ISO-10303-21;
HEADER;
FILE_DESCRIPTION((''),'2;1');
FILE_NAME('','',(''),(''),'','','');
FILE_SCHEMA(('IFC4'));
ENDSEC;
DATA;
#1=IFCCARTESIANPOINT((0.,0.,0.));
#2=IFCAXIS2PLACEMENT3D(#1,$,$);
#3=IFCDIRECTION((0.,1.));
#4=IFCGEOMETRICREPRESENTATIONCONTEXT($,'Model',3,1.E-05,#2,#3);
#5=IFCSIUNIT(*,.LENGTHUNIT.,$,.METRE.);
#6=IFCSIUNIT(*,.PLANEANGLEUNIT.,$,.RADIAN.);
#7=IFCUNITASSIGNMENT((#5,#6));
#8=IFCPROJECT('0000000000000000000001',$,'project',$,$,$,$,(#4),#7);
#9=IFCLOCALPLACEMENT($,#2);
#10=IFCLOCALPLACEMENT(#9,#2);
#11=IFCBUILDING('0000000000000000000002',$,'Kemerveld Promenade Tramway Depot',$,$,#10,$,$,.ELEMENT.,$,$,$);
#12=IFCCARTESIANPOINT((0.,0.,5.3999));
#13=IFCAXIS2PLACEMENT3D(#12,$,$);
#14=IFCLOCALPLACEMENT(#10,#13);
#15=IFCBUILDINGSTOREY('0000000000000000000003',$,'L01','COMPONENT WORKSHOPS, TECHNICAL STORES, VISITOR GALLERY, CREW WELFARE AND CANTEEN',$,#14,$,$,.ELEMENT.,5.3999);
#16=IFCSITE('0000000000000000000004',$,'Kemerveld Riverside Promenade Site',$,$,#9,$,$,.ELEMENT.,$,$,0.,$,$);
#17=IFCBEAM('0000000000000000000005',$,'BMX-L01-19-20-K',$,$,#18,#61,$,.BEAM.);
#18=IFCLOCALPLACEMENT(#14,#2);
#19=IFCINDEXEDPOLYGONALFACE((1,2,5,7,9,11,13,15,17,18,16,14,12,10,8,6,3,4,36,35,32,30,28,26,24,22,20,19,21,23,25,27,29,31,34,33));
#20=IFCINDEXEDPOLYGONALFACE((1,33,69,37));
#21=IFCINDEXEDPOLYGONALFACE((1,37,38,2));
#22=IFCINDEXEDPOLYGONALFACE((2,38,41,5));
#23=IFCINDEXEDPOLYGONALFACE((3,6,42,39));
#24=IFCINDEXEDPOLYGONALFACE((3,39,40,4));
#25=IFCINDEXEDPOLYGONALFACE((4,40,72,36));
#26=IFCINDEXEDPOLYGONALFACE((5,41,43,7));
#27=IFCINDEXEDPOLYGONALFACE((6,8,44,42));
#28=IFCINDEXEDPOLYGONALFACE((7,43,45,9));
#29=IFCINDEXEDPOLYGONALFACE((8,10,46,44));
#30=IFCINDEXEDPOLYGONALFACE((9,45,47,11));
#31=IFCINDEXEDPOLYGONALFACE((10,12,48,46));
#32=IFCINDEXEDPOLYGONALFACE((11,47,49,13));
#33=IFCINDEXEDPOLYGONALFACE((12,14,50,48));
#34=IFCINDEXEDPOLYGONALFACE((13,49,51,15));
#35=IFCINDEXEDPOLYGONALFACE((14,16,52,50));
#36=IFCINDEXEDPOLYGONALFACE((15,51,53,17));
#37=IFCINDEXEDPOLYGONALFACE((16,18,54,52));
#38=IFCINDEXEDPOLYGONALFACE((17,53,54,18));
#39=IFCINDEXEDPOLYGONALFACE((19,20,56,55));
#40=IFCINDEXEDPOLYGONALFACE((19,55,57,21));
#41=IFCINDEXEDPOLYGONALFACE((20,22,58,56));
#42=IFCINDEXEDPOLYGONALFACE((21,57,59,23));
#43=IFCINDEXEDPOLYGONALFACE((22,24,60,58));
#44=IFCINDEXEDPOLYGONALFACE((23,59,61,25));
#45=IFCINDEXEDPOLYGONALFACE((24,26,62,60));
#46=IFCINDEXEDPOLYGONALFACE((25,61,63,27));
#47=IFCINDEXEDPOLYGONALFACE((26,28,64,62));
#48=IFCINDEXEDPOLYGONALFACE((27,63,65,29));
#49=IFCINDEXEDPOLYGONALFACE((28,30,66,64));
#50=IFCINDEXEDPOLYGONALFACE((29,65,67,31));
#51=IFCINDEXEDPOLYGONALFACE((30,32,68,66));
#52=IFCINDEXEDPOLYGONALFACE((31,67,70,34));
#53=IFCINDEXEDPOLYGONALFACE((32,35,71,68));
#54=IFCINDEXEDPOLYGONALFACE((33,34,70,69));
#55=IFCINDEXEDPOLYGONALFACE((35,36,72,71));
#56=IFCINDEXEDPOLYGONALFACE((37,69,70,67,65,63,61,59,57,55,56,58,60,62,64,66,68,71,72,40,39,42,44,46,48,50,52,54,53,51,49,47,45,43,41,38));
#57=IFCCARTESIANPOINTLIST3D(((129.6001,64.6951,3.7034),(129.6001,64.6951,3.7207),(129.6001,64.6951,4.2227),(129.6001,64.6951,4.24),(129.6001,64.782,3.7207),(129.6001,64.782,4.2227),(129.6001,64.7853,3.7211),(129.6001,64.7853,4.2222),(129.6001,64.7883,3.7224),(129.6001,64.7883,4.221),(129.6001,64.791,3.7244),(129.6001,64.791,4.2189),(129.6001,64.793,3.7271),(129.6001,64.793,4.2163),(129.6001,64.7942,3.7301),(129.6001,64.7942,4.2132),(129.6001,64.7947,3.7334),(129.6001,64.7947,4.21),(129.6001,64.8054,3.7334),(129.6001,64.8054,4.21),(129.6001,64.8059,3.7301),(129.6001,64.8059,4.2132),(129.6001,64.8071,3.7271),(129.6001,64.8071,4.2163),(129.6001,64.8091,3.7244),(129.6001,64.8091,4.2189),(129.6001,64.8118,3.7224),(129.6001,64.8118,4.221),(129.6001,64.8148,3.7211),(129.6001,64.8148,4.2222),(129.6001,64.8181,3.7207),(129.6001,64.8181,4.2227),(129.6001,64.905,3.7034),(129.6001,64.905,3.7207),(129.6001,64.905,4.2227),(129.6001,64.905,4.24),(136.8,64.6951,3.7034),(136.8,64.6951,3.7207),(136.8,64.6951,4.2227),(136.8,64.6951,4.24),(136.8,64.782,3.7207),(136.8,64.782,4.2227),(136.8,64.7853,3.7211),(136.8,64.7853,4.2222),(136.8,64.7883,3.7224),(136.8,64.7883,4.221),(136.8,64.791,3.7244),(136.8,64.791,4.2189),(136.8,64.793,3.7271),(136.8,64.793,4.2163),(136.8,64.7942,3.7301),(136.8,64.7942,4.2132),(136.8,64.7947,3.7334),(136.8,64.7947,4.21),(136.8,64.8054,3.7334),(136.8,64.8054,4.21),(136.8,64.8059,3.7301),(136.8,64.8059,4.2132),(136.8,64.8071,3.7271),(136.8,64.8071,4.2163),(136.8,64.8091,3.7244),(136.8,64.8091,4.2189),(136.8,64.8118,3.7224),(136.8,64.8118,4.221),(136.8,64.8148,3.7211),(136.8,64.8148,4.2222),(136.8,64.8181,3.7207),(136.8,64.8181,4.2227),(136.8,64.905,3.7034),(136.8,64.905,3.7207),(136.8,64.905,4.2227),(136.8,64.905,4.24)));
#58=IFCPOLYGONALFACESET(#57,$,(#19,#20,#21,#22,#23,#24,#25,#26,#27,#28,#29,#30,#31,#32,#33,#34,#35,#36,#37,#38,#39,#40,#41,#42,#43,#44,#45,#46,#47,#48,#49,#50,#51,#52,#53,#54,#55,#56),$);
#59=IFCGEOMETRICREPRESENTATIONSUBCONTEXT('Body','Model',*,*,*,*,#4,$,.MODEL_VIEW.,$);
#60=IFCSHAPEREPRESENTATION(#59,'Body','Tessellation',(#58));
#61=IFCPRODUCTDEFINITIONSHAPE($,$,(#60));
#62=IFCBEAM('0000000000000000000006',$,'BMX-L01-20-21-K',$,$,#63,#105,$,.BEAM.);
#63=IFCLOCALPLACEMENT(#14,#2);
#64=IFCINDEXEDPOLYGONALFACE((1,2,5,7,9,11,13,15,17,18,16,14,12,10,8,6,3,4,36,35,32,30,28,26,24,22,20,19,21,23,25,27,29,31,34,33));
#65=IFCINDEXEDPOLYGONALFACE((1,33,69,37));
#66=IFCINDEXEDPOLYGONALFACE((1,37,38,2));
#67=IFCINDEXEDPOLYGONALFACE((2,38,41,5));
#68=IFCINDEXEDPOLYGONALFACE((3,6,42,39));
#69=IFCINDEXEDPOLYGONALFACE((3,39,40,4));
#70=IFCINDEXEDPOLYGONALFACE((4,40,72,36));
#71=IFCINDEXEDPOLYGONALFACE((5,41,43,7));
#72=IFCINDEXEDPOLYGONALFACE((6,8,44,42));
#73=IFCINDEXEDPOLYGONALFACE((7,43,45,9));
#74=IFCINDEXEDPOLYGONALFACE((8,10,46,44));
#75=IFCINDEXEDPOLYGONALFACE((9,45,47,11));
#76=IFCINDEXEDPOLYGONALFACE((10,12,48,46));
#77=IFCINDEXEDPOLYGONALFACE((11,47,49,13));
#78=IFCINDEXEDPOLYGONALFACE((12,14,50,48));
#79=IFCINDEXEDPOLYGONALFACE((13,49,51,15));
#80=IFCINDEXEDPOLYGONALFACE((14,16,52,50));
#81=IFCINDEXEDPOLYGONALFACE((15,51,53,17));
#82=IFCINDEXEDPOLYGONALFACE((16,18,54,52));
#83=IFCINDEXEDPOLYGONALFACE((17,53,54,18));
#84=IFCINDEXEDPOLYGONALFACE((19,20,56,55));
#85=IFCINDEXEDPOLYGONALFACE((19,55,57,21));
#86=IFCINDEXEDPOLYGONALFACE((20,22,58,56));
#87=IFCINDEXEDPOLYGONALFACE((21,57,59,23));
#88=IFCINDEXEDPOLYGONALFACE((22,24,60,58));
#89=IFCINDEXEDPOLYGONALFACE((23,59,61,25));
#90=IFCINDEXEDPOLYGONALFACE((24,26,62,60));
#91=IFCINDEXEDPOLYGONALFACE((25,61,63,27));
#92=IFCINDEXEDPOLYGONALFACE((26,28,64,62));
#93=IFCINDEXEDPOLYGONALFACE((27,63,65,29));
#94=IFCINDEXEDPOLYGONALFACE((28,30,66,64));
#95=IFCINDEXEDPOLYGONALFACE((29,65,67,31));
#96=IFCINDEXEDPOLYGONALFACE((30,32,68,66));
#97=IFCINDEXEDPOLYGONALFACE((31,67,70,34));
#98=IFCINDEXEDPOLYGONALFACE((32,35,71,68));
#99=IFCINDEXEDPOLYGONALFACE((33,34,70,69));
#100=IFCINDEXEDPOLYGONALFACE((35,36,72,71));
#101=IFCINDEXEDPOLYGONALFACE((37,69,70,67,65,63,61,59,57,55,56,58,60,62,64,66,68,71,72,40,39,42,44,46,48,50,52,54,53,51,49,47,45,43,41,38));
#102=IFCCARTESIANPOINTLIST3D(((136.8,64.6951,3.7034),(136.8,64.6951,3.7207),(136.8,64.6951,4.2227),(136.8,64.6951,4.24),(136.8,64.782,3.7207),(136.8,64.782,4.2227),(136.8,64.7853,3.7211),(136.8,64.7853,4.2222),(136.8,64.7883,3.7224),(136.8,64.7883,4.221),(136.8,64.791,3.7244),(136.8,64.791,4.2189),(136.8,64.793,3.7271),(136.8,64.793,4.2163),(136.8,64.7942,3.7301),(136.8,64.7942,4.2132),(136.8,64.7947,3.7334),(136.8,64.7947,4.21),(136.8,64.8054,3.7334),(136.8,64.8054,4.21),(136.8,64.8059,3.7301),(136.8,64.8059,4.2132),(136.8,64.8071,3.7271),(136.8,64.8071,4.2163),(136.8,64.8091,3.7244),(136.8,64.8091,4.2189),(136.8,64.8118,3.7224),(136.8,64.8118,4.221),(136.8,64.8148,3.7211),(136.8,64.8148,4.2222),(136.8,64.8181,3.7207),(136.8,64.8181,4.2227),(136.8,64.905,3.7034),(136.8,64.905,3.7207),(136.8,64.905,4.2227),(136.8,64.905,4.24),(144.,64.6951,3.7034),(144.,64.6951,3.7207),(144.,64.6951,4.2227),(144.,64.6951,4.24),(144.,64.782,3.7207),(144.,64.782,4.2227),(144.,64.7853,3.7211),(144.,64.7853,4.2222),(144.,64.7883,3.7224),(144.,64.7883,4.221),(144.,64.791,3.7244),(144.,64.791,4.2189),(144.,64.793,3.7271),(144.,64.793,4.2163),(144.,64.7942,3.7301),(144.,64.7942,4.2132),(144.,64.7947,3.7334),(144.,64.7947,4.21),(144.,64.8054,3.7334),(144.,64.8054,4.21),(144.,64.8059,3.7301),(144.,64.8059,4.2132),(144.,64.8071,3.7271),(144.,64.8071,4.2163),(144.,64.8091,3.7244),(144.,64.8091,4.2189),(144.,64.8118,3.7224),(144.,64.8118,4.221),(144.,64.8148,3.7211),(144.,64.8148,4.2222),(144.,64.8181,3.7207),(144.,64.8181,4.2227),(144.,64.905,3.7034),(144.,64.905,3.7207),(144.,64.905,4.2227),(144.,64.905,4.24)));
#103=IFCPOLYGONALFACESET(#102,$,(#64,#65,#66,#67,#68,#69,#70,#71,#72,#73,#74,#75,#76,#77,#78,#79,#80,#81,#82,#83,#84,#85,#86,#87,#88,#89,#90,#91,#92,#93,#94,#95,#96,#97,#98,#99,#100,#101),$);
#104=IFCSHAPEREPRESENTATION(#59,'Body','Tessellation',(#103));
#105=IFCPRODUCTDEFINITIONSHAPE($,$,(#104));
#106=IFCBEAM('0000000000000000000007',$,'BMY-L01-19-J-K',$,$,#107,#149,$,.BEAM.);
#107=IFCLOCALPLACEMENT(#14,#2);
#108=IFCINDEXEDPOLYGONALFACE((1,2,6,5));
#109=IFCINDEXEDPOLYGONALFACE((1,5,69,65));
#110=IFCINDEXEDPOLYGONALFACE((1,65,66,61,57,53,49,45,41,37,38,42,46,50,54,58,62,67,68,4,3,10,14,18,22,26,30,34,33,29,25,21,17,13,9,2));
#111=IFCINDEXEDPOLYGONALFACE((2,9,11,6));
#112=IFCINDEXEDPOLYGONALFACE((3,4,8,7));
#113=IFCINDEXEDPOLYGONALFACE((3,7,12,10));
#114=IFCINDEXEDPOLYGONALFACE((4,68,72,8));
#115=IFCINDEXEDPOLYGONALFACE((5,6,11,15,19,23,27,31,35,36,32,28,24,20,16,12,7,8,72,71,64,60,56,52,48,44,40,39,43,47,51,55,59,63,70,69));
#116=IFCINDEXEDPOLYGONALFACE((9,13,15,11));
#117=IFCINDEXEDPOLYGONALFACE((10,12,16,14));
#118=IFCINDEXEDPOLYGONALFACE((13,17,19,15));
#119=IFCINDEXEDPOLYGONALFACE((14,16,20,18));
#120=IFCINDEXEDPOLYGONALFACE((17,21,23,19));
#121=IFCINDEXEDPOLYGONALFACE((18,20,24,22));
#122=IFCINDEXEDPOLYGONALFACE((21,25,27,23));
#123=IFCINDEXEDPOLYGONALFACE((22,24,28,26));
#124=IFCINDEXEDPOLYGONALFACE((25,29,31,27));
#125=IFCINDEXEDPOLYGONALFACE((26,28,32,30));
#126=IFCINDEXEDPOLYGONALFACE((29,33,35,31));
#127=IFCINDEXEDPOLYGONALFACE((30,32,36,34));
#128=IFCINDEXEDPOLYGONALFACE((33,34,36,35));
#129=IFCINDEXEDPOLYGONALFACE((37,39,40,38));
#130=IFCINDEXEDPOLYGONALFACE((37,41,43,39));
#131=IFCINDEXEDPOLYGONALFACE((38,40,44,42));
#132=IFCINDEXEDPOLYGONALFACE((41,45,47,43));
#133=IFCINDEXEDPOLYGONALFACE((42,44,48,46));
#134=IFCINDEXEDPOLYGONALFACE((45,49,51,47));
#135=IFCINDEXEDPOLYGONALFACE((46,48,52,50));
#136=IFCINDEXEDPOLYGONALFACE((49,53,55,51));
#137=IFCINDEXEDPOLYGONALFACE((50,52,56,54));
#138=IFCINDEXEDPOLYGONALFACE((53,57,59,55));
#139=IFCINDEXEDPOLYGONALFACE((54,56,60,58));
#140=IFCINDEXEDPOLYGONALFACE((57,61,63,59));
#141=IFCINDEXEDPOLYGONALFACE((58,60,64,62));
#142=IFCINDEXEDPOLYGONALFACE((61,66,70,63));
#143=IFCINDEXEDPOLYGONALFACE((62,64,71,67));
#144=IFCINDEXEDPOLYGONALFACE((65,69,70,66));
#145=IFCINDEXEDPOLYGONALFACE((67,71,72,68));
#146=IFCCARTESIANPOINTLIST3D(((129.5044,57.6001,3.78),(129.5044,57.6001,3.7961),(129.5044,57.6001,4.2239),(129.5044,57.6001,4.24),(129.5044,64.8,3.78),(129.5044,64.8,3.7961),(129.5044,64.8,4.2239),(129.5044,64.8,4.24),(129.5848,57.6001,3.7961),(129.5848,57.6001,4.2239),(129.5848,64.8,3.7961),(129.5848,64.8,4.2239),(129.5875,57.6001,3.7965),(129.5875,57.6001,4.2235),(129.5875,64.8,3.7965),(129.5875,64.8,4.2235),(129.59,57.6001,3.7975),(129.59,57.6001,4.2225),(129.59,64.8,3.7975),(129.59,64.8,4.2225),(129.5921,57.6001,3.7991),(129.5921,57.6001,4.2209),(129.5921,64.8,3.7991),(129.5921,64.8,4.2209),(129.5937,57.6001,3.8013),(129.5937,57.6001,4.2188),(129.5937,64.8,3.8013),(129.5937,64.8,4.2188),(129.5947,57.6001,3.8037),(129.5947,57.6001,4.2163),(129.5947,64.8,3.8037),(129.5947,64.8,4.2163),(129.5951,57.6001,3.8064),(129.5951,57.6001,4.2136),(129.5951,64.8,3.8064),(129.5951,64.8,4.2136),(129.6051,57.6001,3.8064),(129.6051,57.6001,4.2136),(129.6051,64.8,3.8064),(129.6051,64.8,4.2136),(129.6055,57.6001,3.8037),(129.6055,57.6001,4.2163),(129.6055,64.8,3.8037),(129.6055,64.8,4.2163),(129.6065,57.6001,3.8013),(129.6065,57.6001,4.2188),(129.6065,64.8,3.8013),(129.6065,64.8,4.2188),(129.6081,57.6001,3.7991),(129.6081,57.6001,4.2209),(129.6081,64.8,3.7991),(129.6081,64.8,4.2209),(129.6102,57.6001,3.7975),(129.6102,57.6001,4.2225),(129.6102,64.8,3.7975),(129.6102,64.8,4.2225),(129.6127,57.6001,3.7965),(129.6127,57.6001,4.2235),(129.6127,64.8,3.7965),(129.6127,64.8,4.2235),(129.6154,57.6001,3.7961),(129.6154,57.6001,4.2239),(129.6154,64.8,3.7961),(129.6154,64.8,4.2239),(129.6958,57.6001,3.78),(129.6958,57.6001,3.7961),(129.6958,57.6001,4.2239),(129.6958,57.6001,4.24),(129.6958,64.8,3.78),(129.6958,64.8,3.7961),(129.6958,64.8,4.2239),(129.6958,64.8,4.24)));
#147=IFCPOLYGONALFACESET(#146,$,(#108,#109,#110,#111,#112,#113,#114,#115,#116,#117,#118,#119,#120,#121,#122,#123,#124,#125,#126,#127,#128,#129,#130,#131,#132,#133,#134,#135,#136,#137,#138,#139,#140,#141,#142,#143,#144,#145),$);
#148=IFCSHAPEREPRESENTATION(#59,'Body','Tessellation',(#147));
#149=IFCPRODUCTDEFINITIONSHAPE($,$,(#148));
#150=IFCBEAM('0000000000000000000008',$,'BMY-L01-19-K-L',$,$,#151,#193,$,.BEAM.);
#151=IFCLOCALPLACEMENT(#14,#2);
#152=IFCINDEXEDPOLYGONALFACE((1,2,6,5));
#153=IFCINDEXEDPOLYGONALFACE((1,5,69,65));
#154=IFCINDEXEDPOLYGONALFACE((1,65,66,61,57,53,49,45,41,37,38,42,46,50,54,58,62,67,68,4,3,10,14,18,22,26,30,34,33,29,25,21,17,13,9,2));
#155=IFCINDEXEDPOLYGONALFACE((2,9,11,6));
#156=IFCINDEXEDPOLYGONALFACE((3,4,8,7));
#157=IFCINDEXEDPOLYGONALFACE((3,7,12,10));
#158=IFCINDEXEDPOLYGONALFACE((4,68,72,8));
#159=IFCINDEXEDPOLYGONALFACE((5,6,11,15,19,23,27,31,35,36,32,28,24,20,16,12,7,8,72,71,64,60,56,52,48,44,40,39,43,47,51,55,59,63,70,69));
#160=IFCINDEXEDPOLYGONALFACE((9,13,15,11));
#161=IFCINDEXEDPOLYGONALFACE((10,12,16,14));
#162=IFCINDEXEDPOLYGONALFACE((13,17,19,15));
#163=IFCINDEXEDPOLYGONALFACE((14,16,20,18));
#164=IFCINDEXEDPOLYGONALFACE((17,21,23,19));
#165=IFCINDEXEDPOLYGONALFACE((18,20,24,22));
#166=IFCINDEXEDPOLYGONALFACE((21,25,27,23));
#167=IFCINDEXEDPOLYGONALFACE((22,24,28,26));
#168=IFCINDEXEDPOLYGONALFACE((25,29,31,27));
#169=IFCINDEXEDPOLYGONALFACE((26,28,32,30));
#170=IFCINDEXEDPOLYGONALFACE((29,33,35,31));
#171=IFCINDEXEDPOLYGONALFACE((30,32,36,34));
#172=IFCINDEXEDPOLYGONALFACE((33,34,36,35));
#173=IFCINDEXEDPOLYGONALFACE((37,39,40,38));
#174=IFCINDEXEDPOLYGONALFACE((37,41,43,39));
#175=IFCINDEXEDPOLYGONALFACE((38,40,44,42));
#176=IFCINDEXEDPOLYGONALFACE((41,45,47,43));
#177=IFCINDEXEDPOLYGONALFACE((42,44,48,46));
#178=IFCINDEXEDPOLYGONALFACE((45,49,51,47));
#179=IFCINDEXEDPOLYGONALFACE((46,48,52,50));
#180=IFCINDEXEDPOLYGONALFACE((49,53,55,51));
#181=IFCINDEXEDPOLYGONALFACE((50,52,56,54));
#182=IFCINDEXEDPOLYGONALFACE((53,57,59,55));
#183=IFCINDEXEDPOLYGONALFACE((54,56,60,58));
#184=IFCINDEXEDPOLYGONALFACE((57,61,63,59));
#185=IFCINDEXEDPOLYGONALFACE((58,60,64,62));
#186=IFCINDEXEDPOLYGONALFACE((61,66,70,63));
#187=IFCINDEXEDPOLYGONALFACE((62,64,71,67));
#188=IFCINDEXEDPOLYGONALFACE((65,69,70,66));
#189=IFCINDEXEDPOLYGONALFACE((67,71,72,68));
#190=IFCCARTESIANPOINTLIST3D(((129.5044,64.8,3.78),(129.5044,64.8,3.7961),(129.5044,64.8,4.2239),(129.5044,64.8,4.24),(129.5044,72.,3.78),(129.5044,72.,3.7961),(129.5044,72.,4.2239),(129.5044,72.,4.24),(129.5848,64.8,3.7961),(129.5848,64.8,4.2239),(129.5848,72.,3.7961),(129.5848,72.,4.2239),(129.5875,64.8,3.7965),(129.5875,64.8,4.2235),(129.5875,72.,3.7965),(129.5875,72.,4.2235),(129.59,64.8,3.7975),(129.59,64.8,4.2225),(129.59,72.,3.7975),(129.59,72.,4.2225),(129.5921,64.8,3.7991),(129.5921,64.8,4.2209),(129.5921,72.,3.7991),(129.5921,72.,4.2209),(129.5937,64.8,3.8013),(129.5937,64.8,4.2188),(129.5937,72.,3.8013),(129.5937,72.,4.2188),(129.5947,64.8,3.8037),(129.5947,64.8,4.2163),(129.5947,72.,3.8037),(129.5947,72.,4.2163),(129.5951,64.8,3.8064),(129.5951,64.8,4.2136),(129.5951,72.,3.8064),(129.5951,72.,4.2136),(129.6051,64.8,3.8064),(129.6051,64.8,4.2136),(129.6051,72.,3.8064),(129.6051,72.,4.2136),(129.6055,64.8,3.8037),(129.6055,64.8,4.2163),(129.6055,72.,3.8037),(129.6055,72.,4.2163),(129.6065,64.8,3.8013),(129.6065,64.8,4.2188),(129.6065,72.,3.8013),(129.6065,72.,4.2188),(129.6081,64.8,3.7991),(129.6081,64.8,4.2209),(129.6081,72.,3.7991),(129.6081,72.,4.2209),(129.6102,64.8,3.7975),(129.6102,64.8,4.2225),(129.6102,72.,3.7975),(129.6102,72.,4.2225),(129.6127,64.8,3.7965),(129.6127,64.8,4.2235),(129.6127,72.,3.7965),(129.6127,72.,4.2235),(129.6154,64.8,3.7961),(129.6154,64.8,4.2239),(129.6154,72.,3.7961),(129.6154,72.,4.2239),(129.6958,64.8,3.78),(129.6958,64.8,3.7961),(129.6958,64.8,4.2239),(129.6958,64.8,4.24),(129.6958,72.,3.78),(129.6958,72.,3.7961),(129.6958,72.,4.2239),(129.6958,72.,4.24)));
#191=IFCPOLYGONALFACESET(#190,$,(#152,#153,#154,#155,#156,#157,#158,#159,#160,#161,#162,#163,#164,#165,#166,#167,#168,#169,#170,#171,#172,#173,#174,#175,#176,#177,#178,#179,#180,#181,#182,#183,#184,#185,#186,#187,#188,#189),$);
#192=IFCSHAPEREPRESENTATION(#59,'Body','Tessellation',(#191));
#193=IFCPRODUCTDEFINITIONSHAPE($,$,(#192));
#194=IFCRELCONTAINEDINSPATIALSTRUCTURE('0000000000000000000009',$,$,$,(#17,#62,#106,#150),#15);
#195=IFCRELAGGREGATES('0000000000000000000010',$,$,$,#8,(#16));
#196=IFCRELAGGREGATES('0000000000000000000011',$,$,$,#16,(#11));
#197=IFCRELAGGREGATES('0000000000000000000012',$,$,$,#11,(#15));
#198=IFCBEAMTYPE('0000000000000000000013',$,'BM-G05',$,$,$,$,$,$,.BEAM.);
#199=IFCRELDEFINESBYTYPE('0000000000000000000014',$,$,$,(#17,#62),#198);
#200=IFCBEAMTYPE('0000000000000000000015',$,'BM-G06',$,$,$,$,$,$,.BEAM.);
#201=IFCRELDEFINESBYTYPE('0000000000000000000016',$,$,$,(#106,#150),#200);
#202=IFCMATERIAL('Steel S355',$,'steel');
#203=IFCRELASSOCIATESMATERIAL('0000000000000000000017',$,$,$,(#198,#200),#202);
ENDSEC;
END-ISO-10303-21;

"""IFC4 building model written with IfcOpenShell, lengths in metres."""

from ifc_helpers import new_model, si_unit, direction, frame, origin, origin_2d, place, context, subcontext, project, spatial, i_section, extrude, material, material_profile, profile_set, type_object, element, save


model = new_model("IFC4")

# Units and contexts
model_context = context("Model", 3, precision=1e-05, world=origin(), true_north=direction((0.0, 1.0)))
body_context = subcontext(model_context, "Body", "Model", "MODEL_VIEW")
ifc_project = project(units=[si_unit("LENGTHUNIT", "METRE"), si_unit("PLANEANGLEUNIT", "RADIAN")], contexts=[model_context])

# Site, building, storey
site_placement = place(None, origin())
site = spatial("IfcSite", under=ifc_project, at=site_placement, Name="Kemerveld Riverside Promenade Site", CompositionType="ELEMENT", RefElevation=0.0)
building_placement = place(site_placement, origin())
building = spatial("IfcBuilding", under=site, at=building_placement, Name="Kemerveld Promenade Tramway Depot", CompositionType="ELEMENT")
storey_placement = place(building_placement, frame((0.0, 0.0, 5.3999)))
storey = spatial("IfcBuildingStorey", under=building, at=storey_placement, Name="L01", Description="COMPONENT WORKSHOPS, TECHNICAL STORES, VISITOR GALLERY, CREW WELFARE AND CANTEEN", CompositionType="ELEMENT", Elevation=5.3999)

# Beams
ifc_material_1 = material(Name="Steel S355", Category="steel")
ifc_material_profile_1 = material_profile(ifc_material_1, i_section(OverallWidth=0.21, OverallDepth=0.5366, WebThickness=0.0107, FlangeThickness=0.0173, FilletRadius=0.0127, at=origin_2d()), Name="533x210x101 UB")
ifc_profile_set_1 = profile_set([ifc_material_profile_1], Name="Steel S355")
beam_type_1 = type_object("IfcBeamType", Name="BM-G05", PredefinedType="BEAM", material=ifc_profile_set_1)
for number, where, z_axis, x_axis, name in (
    (1, (129.6001, 64.8, 3.9717), (1.0, 0.0, 0.0), (0.0, 1.0, 0.0), "BMX-L01-19-20-K"),
    (2, (136.8, 64.8, 3.9717), (1.0, 0.0, 0.0), (0.0, 1.0, 0.0), "BMX-L01-20-21-K"),
):
    element("IfcBeam", number, at=place(storey_placement, frame(where, z_axis=z_axis, x_axis=x_axis)), inside=storey, type_object=beam_type_1, Name=name, PredefinedType="BEAM", context=body_context, shape_type="SweptSolid", body=[
        extrude(i_section(OverallWidth=0.21, OverallDepth=0.5366, WebThickness=0.0107, FlangeThickness=0.0173, FilletRadius=0.0127, at=origin_2d()), origin(), (0.0, 0.0, 1.0), 7.2),
    ])
ifc_material_profile_2 = material_profile(ifc_material_1, i_section(OverallWidth=0.1914, OverallDepth=0.46, WebThickness=0.01, FlangeThickness=0.0161, FilletRadius=0.0103, at=origin_2d()), Name="457x191x82 UB")
ifc_profile_set_2 = profile_set([ifc_material_profile_2], Name="Steel S355")
beam_type_2 = type_object("IfcBeamType", Name="BM-G06", PredefinedType="BEAM", material=ifc_profile_set_2)
for number, where, z_axis, x_axis, name in (
    (3, (129.6001, 57.6001, 4.01), (0.0, 1.0, 0.0), (-1.0, 0.0, 0.0), "BMY-L01-19-J-K"),
    (4, (129.6001, 64.8, 4.01), (0.0, 1.0, 0.0), (-1.0, 0.0, 0.0), "BMY-L01-19-K-L"),
):
    element("IfcBeam", number, at=place(storey_placement, frame(where, z_axis=z_axis, x_axis=x_axis)), inside=storey, type_object=beam_type_2, Name=name, PredefinedType="BEAM", context=body_context, shape_type="SweptSolid", body=[
        extrude(i_section(OverallWidth=0.1914, OverallDepth=0.46, WebThickness=0.01, FlangeThickness=0.0161, FilletRadius=0.0103, at=origin_2d()), origin(), (0.0, 0.0, 1.0), 7.2),
    ])

save(model, "model.ifc")
